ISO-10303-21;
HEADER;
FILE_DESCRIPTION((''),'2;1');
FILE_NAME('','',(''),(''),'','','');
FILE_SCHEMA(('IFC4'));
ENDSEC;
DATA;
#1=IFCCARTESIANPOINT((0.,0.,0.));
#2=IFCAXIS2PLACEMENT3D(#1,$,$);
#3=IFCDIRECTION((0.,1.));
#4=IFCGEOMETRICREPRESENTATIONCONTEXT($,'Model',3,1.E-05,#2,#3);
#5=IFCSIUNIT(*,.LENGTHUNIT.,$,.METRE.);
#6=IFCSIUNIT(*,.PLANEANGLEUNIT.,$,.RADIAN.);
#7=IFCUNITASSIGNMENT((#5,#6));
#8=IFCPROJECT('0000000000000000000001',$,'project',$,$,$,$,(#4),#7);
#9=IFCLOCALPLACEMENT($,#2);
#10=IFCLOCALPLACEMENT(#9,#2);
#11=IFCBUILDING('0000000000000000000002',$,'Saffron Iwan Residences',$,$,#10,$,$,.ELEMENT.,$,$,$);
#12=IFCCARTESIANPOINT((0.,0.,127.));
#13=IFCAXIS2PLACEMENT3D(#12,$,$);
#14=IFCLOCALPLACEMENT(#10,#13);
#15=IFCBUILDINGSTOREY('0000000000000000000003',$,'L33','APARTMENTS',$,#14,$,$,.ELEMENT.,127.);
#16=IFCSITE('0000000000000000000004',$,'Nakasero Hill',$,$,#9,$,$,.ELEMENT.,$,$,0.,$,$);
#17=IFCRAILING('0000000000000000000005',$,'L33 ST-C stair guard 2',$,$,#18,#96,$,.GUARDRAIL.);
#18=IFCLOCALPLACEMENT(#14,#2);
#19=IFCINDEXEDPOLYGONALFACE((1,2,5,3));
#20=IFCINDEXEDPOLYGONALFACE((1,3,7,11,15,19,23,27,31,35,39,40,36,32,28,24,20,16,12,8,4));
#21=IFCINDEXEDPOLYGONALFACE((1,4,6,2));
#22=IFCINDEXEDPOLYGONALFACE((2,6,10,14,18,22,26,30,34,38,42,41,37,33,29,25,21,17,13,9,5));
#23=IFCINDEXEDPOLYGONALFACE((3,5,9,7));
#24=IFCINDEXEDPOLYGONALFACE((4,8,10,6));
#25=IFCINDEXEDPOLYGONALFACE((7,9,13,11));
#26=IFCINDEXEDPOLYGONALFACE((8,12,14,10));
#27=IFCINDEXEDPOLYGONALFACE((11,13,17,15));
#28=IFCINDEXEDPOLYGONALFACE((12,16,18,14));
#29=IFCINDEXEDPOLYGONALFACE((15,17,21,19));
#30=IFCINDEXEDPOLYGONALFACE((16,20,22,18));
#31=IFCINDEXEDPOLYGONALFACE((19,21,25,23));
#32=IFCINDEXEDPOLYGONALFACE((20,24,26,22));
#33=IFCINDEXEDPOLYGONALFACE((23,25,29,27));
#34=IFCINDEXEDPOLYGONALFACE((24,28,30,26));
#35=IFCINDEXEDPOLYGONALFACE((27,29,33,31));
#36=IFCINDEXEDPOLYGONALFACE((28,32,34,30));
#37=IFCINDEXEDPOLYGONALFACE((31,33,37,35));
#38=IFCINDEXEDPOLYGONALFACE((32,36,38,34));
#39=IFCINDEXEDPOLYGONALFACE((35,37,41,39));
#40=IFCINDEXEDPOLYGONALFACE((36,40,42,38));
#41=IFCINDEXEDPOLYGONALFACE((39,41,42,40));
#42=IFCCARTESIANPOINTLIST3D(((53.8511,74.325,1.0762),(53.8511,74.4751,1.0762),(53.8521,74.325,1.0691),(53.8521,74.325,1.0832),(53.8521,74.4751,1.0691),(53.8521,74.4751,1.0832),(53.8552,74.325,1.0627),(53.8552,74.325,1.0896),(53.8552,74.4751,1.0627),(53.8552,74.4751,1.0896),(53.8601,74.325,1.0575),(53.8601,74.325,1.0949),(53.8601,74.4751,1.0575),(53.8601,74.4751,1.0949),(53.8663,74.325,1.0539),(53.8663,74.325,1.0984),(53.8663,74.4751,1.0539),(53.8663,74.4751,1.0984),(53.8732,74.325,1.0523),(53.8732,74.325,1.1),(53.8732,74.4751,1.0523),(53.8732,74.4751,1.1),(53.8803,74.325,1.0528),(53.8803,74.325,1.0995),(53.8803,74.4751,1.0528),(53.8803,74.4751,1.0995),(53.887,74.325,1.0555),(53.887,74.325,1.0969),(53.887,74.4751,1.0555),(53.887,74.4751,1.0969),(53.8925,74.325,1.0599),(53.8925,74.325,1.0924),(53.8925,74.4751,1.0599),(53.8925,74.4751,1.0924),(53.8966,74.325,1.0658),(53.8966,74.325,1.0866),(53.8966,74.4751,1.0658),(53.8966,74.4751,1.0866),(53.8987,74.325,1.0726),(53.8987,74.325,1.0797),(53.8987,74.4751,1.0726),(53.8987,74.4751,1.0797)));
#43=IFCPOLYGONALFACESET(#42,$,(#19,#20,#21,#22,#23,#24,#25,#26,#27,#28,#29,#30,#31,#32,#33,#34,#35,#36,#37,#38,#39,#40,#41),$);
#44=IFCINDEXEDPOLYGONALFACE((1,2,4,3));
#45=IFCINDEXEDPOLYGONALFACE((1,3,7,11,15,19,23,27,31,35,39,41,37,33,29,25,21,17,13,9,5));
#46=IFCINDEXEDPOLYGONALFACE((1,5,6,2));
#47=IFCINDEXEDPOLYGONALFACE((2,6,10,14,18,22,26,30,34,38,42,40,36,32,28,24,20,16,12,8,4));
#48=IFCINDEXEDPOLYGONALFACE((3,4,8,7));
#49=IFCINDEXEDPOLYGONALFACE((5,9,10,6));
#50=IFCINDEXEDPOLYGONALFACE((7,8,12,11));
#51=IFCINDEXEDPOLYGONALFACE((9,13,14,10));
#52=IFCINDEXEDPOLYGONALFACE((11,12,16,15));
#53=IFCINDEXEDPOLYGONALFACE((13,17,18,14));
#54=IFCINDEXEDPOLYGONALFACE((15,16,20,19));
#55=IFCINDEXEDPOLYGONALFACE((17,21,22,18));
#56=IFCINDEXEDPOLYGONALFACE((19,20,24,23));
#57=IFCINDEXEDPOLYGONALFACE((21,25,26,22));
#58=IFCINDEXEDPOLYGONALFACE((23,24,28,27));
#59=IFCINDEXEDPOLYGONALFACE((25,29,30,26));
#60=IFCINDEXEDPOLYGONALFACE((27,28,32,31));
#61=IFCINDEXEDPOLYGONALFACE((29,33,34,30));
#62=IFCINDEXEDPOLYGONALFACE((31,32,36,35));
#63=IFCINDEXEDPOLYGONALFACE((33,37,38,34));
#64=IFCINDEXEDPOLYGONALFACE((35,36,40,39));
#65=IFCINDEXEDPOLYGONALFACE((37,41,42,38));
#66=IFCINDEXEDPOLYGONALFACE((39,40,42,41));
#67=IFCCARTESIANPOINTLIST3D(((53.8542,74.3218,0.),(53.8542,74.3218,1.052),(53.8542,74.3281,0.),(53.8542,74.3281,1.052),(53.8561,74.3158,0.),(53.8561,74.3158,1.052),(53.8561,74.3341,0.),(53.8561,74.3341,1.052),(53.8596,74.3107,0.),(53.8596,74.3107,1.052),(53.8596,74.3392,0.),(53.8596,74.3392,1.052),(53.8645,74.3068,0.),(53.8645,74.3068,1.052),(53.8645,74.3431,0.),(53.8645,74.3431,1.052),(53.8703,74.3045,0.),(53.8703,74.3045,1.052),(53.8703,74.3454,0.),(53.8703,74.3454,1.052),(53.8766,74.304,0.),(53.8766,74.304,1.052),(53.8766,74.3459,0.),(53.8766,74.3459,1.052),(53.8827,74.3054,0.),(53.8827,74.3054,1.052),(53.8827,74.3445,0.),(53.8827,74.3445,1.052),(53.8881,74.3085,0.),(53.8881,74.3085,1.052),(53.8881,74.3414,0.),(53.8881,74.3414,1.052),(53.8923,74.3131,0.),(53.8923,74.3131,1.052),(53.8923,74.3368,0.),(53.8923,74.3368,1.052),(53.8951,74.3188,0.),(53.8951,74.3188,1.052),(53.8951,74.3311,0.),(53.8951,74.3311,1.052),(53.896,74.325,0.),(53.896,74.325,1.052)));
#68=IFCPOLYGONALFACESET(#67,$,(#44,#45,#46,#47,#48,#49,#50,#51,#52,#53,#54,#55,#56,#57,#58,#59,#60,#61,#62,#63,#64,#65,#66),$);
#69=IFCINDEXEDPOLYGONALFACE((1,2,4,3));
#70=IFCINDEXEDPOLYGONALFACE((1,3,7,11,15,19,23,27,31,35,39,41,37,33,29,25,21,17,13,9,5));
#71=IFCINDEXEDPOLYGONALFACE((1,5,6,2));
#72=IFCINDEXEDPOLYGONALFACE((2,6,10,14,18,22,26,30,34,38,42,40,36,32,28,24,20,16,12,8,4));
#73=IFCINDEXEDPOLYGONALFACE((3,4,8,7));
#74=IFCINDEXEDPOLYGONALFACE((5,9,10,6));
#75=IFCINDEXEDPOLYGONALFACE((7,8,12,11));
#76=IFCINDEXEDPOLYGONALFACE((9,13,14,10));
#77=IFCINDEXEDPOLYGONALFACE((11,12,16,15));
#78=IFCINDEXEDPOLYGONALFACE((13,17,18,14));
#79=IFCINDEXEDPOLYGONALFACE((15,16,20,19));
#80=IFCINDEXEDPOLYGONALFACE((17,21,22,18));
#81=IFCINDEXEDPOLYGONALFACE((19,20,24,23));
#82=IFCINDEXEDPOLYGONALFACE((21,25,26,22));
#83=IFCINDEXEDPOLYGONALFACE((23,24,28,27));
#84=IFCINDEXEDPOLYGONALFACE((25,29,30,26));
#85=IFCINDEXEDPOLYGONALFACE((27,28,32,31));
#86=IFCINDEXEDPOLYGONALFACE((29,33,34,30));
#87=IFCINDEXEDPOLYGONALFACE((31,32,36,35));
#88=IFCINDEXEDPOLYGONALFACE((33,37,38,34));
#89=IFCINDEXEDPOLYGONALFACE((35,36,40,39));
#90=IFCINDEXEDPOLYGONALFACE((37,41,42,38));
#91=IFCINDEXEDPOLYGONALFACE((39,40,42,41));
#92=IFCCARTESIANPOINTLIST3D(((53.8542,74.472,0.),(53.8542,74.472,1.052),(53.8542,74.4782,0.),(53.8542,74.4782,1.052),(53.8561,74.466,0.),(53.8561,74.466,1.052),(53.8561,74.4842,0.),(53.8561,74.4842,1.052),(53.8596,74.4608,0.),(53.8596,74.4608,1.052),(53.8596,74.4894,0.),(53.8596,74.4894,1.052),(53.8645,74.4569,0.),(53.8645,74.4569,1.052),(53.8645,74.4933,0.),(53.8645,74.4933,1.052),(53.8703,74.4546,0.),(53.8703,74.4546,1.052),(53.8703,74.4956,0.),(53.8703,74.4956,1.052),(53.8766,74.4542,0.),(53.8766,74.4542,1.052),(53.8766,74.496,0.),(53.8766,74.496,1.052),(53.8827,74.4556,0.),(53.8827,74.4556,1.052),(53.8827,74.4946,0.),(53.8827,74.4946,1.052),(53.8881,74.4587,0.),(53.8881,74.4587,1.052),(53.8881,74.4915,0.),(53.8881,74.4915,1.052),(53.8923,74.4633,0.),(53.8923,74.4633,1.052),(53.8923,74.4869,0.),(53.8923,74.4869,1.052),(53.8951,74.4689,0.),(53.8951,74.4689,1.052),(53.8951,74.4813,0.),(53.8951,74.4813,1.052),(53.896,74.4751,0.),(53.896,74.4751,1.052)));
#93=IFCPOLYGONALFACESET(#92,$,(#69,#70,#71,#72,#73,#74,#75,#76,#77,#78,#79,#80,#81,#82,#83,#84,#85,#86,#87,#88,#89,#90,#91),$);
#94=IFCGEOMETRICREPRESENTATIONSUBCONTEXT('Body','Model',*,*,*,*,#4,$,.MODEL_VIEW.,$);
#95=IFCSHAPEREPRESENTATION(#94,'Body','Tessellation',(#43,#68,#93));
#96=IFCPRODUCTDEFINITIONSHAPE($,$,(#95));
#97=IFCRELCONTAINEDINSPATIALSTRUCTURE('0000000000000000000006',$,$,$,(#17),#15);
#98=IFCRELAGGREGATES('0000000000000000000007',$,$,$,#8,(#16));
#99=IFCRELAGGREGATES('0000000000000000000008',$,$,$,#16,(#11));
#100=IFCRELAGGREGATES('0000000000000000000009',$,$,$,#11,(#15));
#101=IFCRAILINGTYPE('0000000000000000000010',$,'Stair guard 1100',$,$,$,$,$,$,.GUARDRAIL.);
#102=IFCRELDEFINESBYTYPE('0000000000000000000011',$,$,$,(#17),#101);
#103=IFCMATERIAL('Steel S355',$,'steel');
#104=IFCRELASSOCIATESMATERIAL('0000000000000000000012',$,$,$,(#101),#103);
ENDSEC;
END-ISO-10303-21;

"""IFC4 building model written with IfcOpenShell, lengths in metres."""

from ifc_helpers import new_model, si_unit, direction, frame, origin, origin_2d, place, context, subcontext, project, spatial, circle, extrude, material, type_object, element, save


model = new_model("IFC4")

# Units and contexts
model_context = context("Model", 3, precision=1e-05, world=origin(), true_north=direction((0.0, 1.0)))
body_context = subcontext(model_context, "Body", "Model", "MODEL_VIEW")
ifc_project = project(units=[si_unit("LENGTHUNIT", "METRE"), si_unit("PLANEANGLEUNIT", "RADIAN")], contexts=[model_context])

# Site, building, storey
site_placement = place(None, origin())
site = spatial("IfcSite", under=ifc_project, at=site_placement, Name="Nakasero Hill", CompositionType="ELEMENT", RefElevation=0.0)
building_placement = place(site_placement, origin())
building = spatial("IfcBuilding", under=site, at=building_placement, Name="Saffron Iwan Residences", CompositionType="ELEMENT")
storey_placement = place(building_placement, frame((0.0, 0.0, 127.0)))
storey = spatial("IfcBuildingStorey", under=building, at=storey_placement, Name="L33", Description="APARTMENTS", CompositionType="ELEMENT", Elevation=127.0)

# Railing
ifc_material_1 = material(Name="Steel S355", Category="steel")
railing_type_1 = type_object("IfcRailingType", Name="Stair guard 1100", PredefinedType="GUARDRAIL", material=ifc_material_1)
railing_1_placement = place(storey_placement, frame((53.875, 74.325, 0.0)))
element("IfcRailing", 1, at=railing_1_placement, inside=storey, type_object=railing_type_1, Name="L33 ST-C stair guard 2", PredefinedType="GUARDRAIL", context=body_context, shape_type="SweptSolid", body=[
    extrude(circle(Radius=0.0239, at=origin_2d()), frame((0.0, 0.0, 1.0762), z_axis=(0.0, 1.0, 0.0), x_axis=(-1.0, 0.0, 0.0)), (0.0, 0.0, 1.0), 0.1501),
    extrude(circle(Radius=0.021, at=origin_2d()), origin(), (0.0, 0.0, 1.0), 1.052),
    extrude(circle(Radius=0.021, at=origin_2d()), frame((0.0, 0.1501, 0.0)), (0.0, 0.0, 1.0), 1.052),
])

save(model, "model.ifc")
